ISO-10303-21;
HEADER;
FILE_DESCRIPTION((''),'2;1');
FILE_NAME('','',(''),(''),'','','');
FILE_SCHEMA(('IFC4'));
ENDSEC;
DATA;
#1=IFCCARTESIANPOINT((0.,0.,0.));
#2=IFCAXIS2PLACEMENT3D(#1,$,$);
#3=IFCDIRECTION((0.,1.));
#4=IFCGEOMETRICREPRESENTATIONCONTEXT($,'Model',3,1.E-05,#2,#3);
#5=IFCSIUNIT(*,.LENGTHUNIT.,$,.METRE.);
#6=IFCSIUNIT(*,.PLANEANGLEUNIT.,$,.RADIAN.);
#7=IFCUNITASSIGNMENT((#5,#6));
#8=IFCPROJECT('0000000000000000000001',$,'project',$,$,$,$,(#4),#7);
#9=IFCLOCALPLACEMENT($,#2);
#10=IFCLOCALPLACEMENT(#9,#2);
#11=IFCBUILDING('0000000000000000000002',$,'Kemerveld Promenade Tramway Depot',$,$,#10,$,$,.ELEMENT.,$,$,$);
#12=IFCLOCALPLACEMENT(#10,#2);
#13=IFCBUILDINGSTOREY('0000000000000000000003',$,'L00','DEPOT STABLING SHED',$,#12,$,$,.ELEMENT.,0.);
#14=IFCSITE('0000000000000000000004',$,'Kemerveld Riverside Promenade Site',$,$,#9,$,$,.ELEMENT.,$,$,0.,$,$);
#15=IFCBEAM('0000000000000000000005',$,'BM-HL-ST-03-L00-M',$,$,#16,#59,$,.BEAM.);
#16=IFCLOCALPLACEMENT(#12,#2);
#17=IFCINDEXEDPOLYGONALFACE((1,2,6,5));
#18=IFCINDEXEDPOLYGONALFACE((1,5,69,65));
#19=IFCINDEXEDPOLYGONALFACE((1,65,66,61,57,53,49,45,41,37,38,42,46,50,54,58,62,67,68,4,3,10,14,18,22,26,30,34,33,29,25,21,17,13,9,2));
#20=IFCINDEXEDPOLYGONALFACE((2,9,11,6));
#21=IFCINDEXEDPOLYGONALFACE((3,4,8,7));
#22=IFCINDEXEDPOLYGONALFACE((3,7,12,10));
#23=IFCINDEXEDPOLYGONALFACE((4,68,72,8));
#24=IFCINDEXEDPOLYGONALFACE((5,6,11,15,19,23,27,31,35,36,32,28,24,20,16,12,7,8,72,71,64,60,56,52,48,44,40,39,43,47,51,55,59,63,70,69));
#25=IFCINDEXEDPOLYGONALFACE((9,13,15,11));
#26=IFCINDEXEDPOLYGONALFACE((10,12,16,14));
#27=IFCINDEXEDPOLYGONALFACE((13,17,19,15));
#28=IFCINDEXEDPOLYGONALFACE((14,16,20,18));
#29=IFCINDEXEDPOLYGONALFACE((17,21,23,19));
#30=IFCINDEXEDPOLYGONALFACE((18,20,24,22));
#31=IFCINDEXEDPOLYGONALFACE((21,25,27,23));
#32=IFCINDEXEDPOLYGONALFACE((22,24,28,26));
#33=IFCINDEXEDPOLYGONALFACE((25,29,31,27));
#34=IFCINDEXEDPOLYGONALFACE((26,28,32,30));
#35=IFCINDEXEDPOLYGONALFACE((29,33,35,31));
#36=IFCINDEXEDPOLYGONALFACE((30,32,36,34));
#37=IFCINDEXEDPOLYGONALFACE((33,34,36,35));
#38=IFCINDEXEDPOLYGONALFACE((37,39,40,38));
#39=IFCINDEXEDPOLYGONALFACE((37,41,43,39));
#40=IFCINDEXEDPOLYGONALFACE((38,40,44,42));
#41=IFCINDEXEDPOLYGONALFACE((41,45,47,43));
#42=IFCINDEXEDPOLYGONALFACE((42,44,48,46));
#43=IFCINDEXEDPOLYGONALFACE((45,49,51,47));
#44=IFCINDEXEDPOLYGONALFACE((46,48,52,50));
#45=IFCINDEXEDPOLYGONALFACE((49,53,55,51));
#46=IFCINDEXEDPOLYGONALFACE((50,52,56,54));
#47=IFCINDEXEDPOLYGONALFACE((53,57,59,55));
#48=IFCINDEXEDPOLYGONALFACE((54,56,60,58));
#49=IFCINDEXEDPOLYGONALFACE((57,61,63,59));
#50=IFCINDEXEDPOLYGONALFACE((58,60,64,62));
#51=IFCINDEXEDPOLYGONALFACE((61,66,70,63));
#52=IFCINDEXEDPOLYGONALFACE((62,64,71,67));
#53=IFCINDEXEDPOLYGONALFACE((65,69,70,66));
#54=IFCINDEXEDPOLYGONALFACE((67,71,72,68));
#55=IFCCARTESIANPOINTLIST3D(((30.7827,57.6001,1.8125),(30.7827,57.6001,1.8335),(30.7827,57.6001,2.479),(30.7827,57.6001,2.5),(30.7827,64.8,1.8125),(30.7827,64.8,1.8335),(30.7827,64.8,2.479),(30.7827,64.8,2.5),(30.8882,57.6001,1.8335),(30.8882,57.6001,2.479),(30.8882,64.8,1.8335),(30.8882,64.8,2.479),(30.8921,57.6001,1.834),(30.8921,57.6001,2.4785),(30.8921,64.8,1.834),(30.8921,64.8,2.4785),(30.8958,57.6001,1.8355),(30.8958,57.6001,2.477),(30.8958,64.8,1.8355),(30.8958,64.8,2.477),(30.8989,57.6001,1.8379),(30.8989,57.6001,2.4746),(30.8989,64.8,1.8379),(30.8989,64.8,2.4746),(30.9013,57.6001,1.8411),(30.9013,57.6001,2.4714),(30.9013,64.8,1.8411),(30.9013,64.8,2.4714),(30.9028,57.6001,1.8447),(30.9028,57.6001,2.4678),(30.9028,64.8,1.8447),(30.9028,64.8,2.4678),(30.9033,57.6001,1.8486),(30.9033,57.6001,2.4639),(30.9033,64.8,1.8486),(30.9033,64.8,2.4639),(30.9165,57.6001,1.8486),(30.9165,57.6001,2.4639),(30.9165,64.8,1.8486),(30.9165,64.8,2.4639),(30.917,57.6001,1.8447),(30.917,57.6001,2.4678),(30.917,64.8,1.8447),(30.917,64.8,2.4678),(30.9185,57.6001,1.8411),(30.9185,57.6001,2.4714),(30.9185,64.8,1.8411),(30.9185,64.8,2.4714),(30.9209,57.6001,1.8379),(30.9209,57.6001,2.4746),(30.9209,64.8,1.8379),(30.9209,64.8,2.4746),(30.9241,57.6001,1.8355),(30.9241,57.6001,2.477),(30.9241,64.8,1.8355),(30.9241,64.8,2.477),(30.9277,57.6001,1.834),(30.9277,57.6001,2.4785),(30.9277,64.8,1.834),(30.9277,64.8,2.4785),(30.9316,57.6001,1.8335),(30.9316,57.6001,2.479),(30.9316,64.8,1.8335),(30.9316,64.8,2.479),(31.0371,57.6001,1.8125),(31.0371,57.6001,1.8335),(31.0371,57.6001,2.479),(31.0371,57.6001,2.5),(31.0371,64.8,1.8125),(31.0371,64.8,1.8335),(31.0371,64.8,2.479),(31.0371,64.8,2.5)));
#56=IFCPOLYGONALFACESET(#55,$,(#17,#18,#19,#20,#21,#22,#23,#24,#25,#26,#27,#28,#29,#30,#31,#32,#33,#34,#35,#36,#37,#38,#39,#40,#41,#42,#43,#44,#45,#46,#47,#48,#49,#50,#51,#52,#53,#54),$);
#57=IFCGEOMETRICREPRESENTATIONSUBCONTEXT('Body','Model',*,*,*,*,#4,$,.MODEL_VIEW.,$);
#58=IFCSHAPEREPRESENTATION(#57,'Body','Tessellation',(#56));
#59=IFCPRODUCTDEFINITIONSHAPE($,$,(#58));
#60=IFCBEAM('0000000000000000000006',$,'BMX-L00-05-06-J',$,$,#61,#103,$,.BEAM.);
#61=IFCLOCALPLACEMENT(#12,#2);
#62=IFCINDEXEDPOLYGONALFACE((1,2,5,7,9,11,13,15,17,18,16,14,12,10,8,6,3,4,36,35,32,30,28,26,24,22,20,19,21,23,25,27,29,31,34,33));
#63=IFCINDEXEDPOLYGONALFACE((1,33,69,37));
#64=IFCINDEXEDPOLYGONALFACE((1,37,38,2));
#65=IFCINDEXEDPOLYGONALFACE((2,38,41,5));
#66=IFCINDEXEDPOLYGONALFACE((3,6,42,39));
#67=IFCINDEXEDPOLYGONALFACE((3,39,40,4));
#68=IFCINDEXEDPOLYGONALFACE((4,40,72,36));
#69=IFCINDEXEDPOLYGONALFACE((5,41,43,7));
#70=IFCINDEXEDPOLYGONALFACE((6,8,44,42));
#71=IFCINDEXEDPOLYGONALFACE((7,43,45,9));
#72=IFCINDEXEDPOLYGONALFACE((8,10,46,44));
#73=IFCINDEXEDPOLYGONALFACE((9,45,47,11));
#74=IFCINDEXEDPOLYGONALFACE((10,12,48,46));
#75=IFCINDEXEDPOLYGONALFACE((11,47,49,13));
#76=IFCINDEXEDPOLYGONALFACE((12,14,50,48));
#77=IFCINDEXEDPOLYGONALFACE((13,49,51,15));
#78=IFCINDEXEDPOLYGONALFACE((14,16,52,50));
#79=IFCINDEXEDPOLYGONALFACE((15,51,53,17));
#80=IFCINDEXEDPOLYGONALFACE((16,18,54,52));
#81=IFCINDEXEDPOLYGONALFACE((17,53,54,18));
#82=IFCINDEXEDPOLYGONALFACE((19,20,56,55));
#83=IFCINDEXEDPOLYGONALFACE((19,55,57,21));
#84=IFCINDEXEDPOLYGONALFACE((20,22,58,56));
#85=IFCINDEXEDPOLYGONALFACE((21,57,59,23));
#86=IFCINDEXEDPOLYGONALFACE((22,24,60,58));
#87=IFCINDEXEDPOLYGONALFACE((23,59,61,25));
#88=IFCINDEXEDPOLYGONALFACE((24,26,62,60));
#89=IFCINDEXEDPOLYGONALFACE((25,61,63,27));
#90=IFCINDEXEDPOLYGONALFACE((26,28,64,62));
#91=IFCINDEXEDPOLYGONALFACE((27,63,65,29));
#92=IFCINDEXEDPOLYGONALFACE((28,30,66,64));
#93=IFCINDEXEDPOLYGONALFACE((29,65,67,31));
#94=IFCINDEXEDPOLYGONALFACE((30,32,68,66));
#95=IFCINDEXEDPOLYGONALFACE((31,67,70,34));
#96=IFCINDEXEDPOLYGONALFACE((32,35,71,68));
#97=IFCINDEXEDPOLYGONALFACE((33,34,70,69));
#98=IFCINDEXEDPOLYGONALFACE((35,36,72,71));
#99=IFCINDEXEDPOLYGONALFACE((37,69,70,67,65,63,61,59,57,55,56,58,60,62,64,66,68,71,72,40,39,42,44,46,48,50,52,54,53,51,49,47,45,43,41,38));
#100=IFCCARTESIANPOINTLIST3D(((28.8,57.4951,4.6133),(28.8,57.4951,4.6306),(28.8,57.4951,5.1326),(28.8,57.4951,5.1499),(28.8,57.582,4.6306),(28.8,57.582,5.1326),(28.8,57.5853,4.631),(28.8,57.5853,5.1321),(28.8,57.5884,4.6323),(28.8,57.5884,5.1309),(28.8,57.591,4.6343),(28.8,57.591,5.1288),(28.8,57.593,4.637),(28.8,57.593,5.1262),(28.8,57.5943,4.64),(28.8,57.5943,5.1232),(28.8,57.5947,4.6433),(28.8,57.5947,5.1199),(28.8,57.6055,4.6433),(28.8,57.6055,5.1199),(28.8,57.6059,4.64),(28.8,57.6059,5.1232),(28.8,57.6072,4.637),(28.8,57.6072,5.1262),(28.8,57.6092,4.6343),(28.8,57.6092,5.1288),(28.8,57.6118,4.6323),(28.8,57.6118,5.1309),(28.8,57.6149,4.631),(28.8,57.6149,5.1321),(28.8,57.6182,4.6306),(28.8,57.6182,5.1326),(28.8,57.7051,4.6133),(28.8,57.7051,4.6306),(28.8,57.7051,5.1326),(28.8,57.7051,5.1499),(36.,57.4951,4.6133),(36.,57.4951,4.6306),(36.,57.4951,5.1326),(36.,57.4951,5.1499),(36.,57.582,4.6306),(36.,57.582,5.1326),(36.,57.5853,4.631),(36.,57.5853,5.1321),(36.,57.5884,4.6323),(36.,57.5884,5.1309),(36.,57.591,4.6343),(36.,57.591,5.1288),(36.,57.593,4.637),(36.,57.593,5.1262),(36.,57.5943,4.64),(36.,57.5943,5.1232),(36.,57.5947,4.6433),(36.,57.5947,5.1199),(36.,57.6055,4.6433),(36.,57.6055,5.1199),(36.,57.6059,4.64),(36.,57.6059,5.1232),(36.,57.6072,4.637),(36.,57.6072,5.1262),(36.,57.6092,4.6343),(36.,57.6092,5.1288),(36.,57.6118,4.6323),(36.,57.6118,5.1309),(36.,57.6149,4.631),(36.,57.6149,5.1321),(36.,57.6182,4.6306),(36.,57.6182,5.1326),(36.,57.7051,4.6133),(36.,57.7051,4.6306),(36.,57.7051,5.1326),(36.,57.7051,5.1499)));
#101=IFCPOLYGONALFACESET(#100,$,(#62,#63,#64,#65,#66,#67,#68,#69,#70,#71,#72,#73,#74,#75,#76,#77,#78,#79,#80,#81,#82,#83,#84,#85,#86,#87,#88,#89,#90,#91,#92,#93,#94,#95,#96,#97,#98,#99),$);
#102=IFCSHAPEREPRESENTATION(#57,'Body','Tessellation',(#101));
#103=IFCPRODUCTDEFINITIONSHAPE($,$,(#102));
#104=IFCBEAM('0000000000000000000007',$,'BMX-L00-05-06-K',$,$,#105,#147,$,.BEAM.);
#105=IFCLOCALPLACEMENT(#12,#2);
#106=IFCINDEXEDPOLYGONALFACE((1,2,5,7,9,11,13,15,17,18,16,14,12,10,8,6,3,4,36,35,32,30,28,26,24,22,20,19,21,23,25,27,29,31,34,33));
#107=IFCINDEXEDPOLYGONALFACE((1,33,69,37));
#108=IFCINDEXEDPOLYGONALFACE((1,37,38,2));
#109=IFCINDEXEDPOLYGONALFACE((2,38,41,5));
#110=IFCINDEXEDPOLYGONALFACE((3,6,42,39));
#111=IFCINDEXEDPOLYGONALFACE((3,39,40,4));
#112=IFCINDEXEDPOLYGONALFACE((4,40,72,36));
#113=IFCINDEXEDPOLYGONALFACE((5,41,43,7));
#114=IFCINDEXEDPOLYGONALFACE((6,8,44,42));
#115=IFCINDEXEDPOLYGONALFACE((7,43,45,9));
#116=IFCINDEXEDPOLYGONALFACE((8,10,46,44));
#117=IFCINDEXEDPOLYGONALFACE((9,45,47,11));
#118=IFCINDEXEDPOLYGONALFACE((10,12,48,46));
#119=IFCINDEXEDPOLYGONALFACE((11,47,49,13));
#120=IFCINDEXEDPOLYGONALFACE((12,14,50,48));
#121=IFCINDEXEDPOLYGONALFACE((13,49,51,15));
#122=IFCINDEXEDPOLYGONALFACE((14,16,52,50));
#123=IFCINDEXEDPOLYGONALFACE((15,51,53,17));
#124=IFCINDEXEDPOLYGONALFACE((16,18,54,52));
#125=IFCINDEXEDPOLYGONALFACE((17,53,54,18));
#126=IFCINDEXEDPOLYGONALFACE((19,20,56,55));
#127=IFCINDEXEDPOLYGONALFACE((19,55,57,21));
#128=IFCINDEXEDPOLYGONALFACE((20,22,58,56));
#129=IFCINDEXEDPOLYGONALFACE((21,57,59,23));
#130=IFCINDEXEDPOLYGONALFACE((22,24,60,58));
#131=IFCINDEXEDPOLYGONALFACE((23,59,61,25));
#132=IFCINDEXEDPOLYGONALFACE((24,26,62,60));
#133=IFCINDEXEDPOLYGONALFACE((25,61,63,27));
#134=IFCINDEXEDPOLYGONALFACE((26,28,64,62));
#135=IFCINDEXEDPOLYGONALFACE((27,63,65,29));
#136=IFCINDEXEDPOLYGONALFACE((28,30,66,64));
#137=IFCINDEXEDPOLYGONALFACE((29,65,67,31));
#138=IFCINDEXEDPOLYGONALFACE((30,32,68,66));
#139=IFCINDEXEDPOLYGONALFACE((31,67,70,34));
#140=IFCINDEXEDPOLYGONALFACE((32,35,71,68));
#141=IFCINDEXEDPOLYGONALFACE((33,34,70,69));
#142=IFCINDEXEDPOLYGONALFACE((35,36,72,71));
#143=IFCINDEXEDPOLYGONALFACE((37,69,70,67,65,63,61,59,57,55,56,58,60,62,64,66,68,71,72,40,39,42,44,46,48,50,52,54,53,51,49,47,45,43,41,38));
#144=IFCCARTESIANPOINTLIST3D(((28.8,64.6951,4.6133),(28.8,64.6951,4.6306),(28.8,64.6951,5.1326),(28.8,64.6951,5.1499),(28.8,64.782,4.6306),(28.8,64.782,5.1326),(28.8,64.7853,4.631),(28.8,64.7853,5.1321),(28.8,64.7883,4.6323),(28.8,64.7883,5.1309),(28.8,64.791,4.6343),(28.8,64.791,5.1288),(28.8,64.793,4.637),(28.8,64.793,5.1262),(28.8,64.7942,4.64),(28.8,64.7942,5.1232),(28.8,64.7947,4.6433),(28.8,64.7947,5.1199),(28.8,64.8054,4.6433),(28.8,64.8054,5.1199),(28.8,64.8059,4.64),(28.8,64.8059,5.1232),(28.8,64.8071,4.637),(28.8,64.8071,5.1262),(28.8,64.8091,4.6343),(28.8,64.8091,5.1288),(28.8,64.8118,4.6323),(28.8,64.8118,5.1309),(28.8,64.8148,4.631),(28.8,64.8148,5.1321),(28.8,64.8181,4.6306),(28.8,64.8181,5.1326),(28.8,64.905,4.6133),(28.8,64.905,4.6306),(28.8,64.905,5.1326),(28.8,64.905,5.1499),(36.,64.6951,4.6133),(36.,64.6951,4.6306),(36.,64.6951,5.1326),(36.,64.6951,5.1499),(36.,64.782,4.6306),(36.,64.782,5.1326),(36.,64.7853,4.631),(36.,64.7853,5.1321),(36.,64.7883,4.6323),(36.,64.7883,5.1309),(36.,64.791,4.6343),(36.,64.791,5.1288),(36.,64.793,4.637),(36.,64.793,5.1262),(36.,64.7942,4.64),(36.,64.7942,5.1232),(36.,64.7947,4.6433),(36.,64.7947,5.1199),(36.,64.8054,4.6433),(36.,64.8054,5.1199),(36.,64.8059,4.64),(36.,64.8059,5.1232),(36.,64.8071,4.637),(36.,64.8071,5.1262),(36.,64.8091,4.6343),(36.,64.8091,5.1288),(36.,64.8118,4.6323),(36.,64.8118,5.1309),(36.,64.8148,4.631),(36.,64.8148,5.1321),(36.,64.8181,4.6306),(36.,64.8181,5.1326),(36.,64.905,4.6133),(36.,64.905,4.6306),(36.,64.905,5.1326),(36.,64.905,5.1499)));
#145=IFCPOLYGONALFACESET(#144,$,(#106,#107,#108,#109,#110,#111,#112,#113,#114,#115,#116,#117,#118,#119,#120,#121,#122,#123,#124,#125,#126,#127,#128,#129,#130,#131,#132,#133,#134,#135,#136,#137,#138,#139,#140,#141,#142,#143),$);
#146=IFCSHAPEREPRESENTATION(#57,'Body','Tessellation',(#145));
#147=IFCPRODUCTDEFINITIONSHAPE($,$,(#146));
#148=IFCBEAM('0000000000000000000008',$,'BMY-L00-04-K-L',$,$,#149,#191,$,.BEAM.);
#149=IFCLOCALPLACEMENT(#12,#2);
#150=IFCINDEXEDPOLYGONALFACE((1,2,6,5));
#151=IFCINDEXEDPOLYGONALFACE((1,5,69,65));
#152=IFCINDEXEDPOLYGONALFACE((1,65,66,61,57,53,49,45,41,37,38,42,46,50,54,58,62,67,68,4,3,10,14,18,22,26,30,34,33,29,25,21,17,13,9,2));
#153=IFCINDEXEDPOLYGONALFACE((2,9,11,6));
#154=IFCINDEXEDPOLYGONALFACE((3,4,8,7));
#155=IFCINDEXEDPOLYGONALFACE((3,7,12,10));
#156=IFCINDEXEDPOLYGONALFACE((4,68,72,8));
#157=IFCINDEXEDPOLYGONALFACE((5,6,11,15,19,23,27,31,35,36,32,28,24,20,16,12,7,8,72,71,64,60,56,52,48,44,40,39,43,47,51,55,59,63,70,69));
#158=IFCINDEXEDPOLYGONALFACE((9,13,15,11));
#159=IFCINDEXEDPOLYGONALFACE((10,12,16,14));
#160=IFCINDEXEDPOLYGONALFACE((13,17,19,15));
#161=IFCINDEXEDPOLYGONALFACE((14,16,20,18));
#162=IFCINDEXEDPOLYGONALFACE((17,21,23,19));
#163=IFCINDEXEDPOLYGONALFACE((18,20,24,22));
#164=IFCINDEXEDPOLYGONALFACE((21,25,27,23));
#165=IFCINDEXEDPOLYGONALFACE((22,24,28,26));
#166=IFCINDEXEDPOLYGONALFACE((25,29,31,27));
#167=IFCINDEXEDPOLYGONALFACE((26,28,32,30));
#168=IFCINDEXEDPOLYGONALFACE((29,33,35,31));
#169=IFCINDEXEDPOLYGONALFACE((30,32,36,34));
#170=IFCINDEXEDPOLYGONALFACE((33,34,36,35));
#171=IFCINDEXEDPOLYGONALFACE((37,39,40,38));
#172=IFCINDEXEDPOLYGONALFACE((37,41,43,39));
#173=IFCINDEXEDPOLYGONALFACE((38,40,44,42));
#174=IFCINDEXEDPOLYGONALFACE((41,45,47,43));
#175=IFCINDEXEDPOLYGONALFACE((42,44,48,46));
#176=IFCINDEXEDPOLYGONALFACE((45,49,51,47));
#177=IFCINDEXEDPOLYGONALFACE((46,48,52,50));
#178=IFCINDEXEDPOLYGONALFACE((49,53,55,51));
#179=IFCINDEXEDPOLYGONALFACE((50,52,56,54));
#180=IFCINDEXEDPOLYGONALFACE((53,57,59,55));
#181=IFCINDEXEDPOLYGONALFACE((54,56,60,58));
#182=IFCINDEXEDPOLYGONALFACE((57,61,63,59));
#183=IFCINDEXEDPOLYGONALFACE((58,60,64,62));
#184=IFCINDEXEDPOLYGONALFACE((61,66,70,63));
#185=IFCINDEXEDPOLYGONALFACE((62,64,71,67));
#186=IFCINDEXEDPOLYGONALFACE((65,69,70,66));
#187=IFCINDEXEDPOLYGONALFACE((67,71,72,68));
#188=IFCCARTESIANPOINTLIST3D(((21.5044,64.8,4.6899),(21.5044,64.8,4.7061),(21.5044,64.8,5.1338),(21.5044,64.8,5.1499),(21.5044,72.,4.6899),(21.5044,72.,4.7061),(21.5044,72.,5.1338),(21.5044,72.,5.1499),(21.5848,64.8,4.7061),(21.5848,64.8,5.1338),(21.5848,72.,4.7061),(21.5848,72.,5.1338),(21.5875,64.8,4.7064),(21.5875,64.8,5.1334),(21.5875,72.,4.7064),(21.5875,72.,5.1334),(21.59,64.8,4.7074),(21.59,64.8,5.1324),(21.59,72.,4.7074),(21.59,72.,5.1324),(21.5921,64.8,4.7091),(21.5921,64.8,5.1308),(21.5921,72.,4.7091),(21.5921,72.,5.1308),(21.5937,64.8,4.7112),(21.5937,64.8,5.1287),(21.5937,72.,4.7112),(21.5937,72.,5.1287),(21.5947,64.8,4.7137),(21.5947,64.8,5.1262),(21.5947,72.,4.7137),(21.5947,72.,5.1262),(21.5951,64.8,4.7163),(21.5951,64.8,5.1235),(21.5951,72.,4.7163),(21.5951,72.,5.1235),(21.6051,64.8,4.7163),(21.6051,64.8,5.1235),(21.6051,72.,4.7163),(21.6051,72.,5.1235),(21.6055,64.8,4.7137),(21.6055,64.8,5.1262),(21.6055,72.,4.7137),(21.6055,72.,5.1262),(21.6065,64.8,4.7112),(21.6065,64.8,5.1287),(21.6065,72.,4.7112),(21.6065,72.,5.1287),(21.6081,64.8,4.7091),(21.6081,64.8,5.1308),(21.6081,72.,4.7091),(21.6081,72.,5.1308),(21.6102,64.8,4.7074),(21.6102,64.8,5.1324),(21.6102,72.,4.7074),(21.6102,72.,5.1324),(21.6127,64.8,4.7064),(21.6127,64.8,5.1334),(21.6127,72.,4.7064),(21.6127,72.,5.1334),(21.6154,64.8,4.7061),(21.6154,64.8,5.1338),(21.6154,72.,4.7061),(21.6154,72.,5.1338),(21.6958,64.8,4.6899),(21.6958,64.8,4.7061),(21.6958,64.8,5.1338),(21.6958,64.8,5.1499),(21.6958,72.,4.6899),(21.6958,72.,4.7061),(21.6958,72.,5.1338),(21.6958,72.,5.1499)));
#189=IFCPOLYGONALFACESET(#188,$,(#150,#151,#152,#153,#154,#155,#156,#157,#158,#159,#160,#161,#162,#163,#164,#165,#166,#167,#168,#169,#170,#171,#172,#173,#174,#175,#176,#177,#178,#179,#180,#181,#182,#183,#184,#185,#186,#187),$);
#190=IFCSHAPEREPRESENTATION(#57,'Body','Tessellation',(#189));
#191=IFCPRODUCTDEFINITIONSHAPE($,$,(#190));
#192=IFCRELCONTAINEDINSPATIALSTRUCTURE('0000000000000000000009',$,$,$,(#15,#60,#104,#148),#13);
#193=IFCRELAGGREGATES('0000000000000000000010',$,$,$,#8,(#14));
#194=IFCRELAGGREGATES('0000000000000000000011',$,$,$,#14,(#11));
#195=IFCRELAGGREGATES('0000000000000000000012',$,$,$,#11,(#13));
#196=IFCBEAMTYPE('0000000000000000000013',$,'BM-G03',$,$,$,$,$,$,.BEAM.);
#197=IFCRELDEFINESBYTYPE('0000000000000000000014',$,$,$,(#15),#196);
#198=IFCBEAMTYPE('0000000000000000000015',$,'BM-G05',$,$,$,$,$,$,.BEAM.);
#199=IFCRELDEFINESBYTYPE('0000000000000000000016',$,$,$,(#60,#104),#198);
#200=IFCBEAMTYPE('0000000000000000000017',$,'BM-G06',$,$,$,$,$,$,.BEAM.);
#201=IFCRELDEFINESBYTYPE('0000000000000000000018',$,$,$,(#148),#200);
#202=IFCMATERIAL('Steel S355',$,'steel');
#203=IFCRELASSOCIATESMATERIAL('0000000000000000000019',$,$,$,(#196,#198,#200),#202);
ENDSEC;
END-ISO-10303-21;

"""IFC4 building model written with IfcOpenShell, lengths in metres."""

from ifc_helpers import new_model, si_unit, direction, frame, origin, origin_2d, place, context, subcontext, project, spatial, i_section, extrude, material, material_profile, profile_set, type_object, element, save


model = new_model("IFC4")

# Units and contexts
model_context = context("Model", 3, precision=1e-05, world=origin(), true_north=direction((0.0, 1.0)))
body_context = subcontext(model_context, "Body", "Model", "MODEL_VIEW")
ifc_project = project(units=[si_unit("LENGTHUNIT", "METRE"), si_unit("PLANEANGLEUNIT", "RADIAN")], contexts=[model_context])

# Site, building, storey
site_placement = place(None, origin())
site = spatial("IfcSite", under=ifc_project, at=site_placement, Name="Kemerveld Riverside Promenade Site", CompositionType="ELEMENT", RefElevation=0.0)
building_placement = place(site_placement, origin())
building = spatial("IfcBuilding", under=site, at=building_placement, Name="Kemerveld Promenade Tramway Depot", CompositionType="ELEMENT")
storey_placement = place(building_placement, origin())
storey = spatial("IfcBuildingStorey", under=building, at=storey_placement, Name="L00", Description="DEPOT STABLING SHED", CompositionType="ELEMENT", Elevation=0.0)

# Shared definitions
ifc_material_1 = material(Name="Steel S355", Category="steel")

# Beams
ifc_material_profile_1 = material_profile(ifc_material_1, i_section(OverallWidth=0.2544, OverallDepth=0.6875, WebThickness=0.0132, FlangeThickness=0.021, FilletRadius=0.0151, at=origin_2d()), Name="686x254x152 UB")
ifc_profile_set_1 = profile_set([ifc_material_profile_1], Name="Steel S355")
beam_type_1 = type_object("IfcBeamType", Name="BM-G03", PredefinedType="BEAM", material=ifc_profile_set_1)
for number, where, z_axis, x_axis, name in (
    (1, (30.9099, 57.6001, 2.1562), (0.0, 1.0, 0.0), (-1.0, 0.0, 0.0), "BM-HL-ST-03-L00-M"),
):
    element("IfcBeam", number, at=place(storey_placement, frame(where, z_axis=z_axis, x_axis=x_axis)), inside=storey, type_object=beam_type_1, Name=name, PredefinedType="BEAM", context=body_context, shape_type="SweptSolid", body=[
        extrude(i_section(OverallWidth=0.2544, OverallDepth=0.6875, WebThickness=0.0132, FlangeThickness=0.021, FilletRadius=0.0151, at=origin_2d()), origin(), (0.0, 0.0, 1.0), 7.2),
    ])
ifc_material_profile_2 = material_profile(ifc_material_1, i_section(OverallWidth=0.21, OverallDepth=0.5366, WebThickness=0.0107, FlangeThickness=0.0173, FilletRadius=0.0127, at=origin_2d()), Name="533x210x101 UB")
ifc_profile_set_2 = profile_set([ifc_material_profile_2], Name="Steel S355")
beam_type_2 = type_object("IfcBeamType", Name="BM-G05", PredefinedType="BEAM", material=ifc_profile_set_2)
for number, where, z_axis, x_axis, name in (
    (2, (28.8, 57.6001, 4.8816), (1.0, 0.0, 0.0), (0.0, 1.0, 0.0), "BMX-L00-05-06-J"),
    (3, (28.8, 64.8, 4.8816), (1.0, 0.0, 0.0), (0.0, 1.0, 0.0), "BMX-L00-05-06-K"),
):
    element("IfcBeam", number, at=place(storey_placement, frame(where, z_axis=z_axis, x_axis=x_axis)), inside=storey, type_object=beam_type_2, Name=name, PredefinedType="BEAM", context=body_context, shape_type="SweptSolid", body=[
        extrude(i_section(OverallWidth=0.21, OverallDepth=0.5366, WebThickness=0.0107, FlangeThickness=0.0173, FilletRadius=0.0127, at=origin_2d()), origin(), (0.0, 0.0, 1.0), 7.2),
    ])
ifc_material_profile_3 = material_profile(ifc_material_1, i_section(OverallWidth=0.1914, OverallDepth=0.46, WebThickness=0.01, FlangeThickness=0.0161, FilletRadius=0.0103, at=origin_2d()), Name="457x191x82 UB")
ifc_profile_set_3 = profile_set([ifc_material_profile_3], Name="Steel S355")
beam_type_3 = type_object("IfcBeamType", Name="BM-G06", PredefinedType="BEAM", material=ifc_profile_set_3)
for number, where, z_axis, x_axis, name in (
    (4, (21.6001, 64.8, 4.9199), (0.0, 1.0, 0.0), (-1.0, 0.0, 0.0), "BMY-L00-04-K-L"),
):
    element("IfcBeam", number, at=place(storey_placement, frame(where, z_axis=z_axis, x_axis=x_axis)), inside=storey, type_object=beam_type_3, Name=name, PredefinedType="BEAM", context=body_context, shape_type="SweptSolid", body=[
        extrude(i_section(OverallWidth=0.1914, OverallDepth=0.46, WebThickness=0.01, FlangeThickness=0.0161, FilletRadius=0.0103, at=origin_2d()), origin(), (0.0, 0.0, 1.0), 7.2),
    ])

save(model, "model.ifc")
